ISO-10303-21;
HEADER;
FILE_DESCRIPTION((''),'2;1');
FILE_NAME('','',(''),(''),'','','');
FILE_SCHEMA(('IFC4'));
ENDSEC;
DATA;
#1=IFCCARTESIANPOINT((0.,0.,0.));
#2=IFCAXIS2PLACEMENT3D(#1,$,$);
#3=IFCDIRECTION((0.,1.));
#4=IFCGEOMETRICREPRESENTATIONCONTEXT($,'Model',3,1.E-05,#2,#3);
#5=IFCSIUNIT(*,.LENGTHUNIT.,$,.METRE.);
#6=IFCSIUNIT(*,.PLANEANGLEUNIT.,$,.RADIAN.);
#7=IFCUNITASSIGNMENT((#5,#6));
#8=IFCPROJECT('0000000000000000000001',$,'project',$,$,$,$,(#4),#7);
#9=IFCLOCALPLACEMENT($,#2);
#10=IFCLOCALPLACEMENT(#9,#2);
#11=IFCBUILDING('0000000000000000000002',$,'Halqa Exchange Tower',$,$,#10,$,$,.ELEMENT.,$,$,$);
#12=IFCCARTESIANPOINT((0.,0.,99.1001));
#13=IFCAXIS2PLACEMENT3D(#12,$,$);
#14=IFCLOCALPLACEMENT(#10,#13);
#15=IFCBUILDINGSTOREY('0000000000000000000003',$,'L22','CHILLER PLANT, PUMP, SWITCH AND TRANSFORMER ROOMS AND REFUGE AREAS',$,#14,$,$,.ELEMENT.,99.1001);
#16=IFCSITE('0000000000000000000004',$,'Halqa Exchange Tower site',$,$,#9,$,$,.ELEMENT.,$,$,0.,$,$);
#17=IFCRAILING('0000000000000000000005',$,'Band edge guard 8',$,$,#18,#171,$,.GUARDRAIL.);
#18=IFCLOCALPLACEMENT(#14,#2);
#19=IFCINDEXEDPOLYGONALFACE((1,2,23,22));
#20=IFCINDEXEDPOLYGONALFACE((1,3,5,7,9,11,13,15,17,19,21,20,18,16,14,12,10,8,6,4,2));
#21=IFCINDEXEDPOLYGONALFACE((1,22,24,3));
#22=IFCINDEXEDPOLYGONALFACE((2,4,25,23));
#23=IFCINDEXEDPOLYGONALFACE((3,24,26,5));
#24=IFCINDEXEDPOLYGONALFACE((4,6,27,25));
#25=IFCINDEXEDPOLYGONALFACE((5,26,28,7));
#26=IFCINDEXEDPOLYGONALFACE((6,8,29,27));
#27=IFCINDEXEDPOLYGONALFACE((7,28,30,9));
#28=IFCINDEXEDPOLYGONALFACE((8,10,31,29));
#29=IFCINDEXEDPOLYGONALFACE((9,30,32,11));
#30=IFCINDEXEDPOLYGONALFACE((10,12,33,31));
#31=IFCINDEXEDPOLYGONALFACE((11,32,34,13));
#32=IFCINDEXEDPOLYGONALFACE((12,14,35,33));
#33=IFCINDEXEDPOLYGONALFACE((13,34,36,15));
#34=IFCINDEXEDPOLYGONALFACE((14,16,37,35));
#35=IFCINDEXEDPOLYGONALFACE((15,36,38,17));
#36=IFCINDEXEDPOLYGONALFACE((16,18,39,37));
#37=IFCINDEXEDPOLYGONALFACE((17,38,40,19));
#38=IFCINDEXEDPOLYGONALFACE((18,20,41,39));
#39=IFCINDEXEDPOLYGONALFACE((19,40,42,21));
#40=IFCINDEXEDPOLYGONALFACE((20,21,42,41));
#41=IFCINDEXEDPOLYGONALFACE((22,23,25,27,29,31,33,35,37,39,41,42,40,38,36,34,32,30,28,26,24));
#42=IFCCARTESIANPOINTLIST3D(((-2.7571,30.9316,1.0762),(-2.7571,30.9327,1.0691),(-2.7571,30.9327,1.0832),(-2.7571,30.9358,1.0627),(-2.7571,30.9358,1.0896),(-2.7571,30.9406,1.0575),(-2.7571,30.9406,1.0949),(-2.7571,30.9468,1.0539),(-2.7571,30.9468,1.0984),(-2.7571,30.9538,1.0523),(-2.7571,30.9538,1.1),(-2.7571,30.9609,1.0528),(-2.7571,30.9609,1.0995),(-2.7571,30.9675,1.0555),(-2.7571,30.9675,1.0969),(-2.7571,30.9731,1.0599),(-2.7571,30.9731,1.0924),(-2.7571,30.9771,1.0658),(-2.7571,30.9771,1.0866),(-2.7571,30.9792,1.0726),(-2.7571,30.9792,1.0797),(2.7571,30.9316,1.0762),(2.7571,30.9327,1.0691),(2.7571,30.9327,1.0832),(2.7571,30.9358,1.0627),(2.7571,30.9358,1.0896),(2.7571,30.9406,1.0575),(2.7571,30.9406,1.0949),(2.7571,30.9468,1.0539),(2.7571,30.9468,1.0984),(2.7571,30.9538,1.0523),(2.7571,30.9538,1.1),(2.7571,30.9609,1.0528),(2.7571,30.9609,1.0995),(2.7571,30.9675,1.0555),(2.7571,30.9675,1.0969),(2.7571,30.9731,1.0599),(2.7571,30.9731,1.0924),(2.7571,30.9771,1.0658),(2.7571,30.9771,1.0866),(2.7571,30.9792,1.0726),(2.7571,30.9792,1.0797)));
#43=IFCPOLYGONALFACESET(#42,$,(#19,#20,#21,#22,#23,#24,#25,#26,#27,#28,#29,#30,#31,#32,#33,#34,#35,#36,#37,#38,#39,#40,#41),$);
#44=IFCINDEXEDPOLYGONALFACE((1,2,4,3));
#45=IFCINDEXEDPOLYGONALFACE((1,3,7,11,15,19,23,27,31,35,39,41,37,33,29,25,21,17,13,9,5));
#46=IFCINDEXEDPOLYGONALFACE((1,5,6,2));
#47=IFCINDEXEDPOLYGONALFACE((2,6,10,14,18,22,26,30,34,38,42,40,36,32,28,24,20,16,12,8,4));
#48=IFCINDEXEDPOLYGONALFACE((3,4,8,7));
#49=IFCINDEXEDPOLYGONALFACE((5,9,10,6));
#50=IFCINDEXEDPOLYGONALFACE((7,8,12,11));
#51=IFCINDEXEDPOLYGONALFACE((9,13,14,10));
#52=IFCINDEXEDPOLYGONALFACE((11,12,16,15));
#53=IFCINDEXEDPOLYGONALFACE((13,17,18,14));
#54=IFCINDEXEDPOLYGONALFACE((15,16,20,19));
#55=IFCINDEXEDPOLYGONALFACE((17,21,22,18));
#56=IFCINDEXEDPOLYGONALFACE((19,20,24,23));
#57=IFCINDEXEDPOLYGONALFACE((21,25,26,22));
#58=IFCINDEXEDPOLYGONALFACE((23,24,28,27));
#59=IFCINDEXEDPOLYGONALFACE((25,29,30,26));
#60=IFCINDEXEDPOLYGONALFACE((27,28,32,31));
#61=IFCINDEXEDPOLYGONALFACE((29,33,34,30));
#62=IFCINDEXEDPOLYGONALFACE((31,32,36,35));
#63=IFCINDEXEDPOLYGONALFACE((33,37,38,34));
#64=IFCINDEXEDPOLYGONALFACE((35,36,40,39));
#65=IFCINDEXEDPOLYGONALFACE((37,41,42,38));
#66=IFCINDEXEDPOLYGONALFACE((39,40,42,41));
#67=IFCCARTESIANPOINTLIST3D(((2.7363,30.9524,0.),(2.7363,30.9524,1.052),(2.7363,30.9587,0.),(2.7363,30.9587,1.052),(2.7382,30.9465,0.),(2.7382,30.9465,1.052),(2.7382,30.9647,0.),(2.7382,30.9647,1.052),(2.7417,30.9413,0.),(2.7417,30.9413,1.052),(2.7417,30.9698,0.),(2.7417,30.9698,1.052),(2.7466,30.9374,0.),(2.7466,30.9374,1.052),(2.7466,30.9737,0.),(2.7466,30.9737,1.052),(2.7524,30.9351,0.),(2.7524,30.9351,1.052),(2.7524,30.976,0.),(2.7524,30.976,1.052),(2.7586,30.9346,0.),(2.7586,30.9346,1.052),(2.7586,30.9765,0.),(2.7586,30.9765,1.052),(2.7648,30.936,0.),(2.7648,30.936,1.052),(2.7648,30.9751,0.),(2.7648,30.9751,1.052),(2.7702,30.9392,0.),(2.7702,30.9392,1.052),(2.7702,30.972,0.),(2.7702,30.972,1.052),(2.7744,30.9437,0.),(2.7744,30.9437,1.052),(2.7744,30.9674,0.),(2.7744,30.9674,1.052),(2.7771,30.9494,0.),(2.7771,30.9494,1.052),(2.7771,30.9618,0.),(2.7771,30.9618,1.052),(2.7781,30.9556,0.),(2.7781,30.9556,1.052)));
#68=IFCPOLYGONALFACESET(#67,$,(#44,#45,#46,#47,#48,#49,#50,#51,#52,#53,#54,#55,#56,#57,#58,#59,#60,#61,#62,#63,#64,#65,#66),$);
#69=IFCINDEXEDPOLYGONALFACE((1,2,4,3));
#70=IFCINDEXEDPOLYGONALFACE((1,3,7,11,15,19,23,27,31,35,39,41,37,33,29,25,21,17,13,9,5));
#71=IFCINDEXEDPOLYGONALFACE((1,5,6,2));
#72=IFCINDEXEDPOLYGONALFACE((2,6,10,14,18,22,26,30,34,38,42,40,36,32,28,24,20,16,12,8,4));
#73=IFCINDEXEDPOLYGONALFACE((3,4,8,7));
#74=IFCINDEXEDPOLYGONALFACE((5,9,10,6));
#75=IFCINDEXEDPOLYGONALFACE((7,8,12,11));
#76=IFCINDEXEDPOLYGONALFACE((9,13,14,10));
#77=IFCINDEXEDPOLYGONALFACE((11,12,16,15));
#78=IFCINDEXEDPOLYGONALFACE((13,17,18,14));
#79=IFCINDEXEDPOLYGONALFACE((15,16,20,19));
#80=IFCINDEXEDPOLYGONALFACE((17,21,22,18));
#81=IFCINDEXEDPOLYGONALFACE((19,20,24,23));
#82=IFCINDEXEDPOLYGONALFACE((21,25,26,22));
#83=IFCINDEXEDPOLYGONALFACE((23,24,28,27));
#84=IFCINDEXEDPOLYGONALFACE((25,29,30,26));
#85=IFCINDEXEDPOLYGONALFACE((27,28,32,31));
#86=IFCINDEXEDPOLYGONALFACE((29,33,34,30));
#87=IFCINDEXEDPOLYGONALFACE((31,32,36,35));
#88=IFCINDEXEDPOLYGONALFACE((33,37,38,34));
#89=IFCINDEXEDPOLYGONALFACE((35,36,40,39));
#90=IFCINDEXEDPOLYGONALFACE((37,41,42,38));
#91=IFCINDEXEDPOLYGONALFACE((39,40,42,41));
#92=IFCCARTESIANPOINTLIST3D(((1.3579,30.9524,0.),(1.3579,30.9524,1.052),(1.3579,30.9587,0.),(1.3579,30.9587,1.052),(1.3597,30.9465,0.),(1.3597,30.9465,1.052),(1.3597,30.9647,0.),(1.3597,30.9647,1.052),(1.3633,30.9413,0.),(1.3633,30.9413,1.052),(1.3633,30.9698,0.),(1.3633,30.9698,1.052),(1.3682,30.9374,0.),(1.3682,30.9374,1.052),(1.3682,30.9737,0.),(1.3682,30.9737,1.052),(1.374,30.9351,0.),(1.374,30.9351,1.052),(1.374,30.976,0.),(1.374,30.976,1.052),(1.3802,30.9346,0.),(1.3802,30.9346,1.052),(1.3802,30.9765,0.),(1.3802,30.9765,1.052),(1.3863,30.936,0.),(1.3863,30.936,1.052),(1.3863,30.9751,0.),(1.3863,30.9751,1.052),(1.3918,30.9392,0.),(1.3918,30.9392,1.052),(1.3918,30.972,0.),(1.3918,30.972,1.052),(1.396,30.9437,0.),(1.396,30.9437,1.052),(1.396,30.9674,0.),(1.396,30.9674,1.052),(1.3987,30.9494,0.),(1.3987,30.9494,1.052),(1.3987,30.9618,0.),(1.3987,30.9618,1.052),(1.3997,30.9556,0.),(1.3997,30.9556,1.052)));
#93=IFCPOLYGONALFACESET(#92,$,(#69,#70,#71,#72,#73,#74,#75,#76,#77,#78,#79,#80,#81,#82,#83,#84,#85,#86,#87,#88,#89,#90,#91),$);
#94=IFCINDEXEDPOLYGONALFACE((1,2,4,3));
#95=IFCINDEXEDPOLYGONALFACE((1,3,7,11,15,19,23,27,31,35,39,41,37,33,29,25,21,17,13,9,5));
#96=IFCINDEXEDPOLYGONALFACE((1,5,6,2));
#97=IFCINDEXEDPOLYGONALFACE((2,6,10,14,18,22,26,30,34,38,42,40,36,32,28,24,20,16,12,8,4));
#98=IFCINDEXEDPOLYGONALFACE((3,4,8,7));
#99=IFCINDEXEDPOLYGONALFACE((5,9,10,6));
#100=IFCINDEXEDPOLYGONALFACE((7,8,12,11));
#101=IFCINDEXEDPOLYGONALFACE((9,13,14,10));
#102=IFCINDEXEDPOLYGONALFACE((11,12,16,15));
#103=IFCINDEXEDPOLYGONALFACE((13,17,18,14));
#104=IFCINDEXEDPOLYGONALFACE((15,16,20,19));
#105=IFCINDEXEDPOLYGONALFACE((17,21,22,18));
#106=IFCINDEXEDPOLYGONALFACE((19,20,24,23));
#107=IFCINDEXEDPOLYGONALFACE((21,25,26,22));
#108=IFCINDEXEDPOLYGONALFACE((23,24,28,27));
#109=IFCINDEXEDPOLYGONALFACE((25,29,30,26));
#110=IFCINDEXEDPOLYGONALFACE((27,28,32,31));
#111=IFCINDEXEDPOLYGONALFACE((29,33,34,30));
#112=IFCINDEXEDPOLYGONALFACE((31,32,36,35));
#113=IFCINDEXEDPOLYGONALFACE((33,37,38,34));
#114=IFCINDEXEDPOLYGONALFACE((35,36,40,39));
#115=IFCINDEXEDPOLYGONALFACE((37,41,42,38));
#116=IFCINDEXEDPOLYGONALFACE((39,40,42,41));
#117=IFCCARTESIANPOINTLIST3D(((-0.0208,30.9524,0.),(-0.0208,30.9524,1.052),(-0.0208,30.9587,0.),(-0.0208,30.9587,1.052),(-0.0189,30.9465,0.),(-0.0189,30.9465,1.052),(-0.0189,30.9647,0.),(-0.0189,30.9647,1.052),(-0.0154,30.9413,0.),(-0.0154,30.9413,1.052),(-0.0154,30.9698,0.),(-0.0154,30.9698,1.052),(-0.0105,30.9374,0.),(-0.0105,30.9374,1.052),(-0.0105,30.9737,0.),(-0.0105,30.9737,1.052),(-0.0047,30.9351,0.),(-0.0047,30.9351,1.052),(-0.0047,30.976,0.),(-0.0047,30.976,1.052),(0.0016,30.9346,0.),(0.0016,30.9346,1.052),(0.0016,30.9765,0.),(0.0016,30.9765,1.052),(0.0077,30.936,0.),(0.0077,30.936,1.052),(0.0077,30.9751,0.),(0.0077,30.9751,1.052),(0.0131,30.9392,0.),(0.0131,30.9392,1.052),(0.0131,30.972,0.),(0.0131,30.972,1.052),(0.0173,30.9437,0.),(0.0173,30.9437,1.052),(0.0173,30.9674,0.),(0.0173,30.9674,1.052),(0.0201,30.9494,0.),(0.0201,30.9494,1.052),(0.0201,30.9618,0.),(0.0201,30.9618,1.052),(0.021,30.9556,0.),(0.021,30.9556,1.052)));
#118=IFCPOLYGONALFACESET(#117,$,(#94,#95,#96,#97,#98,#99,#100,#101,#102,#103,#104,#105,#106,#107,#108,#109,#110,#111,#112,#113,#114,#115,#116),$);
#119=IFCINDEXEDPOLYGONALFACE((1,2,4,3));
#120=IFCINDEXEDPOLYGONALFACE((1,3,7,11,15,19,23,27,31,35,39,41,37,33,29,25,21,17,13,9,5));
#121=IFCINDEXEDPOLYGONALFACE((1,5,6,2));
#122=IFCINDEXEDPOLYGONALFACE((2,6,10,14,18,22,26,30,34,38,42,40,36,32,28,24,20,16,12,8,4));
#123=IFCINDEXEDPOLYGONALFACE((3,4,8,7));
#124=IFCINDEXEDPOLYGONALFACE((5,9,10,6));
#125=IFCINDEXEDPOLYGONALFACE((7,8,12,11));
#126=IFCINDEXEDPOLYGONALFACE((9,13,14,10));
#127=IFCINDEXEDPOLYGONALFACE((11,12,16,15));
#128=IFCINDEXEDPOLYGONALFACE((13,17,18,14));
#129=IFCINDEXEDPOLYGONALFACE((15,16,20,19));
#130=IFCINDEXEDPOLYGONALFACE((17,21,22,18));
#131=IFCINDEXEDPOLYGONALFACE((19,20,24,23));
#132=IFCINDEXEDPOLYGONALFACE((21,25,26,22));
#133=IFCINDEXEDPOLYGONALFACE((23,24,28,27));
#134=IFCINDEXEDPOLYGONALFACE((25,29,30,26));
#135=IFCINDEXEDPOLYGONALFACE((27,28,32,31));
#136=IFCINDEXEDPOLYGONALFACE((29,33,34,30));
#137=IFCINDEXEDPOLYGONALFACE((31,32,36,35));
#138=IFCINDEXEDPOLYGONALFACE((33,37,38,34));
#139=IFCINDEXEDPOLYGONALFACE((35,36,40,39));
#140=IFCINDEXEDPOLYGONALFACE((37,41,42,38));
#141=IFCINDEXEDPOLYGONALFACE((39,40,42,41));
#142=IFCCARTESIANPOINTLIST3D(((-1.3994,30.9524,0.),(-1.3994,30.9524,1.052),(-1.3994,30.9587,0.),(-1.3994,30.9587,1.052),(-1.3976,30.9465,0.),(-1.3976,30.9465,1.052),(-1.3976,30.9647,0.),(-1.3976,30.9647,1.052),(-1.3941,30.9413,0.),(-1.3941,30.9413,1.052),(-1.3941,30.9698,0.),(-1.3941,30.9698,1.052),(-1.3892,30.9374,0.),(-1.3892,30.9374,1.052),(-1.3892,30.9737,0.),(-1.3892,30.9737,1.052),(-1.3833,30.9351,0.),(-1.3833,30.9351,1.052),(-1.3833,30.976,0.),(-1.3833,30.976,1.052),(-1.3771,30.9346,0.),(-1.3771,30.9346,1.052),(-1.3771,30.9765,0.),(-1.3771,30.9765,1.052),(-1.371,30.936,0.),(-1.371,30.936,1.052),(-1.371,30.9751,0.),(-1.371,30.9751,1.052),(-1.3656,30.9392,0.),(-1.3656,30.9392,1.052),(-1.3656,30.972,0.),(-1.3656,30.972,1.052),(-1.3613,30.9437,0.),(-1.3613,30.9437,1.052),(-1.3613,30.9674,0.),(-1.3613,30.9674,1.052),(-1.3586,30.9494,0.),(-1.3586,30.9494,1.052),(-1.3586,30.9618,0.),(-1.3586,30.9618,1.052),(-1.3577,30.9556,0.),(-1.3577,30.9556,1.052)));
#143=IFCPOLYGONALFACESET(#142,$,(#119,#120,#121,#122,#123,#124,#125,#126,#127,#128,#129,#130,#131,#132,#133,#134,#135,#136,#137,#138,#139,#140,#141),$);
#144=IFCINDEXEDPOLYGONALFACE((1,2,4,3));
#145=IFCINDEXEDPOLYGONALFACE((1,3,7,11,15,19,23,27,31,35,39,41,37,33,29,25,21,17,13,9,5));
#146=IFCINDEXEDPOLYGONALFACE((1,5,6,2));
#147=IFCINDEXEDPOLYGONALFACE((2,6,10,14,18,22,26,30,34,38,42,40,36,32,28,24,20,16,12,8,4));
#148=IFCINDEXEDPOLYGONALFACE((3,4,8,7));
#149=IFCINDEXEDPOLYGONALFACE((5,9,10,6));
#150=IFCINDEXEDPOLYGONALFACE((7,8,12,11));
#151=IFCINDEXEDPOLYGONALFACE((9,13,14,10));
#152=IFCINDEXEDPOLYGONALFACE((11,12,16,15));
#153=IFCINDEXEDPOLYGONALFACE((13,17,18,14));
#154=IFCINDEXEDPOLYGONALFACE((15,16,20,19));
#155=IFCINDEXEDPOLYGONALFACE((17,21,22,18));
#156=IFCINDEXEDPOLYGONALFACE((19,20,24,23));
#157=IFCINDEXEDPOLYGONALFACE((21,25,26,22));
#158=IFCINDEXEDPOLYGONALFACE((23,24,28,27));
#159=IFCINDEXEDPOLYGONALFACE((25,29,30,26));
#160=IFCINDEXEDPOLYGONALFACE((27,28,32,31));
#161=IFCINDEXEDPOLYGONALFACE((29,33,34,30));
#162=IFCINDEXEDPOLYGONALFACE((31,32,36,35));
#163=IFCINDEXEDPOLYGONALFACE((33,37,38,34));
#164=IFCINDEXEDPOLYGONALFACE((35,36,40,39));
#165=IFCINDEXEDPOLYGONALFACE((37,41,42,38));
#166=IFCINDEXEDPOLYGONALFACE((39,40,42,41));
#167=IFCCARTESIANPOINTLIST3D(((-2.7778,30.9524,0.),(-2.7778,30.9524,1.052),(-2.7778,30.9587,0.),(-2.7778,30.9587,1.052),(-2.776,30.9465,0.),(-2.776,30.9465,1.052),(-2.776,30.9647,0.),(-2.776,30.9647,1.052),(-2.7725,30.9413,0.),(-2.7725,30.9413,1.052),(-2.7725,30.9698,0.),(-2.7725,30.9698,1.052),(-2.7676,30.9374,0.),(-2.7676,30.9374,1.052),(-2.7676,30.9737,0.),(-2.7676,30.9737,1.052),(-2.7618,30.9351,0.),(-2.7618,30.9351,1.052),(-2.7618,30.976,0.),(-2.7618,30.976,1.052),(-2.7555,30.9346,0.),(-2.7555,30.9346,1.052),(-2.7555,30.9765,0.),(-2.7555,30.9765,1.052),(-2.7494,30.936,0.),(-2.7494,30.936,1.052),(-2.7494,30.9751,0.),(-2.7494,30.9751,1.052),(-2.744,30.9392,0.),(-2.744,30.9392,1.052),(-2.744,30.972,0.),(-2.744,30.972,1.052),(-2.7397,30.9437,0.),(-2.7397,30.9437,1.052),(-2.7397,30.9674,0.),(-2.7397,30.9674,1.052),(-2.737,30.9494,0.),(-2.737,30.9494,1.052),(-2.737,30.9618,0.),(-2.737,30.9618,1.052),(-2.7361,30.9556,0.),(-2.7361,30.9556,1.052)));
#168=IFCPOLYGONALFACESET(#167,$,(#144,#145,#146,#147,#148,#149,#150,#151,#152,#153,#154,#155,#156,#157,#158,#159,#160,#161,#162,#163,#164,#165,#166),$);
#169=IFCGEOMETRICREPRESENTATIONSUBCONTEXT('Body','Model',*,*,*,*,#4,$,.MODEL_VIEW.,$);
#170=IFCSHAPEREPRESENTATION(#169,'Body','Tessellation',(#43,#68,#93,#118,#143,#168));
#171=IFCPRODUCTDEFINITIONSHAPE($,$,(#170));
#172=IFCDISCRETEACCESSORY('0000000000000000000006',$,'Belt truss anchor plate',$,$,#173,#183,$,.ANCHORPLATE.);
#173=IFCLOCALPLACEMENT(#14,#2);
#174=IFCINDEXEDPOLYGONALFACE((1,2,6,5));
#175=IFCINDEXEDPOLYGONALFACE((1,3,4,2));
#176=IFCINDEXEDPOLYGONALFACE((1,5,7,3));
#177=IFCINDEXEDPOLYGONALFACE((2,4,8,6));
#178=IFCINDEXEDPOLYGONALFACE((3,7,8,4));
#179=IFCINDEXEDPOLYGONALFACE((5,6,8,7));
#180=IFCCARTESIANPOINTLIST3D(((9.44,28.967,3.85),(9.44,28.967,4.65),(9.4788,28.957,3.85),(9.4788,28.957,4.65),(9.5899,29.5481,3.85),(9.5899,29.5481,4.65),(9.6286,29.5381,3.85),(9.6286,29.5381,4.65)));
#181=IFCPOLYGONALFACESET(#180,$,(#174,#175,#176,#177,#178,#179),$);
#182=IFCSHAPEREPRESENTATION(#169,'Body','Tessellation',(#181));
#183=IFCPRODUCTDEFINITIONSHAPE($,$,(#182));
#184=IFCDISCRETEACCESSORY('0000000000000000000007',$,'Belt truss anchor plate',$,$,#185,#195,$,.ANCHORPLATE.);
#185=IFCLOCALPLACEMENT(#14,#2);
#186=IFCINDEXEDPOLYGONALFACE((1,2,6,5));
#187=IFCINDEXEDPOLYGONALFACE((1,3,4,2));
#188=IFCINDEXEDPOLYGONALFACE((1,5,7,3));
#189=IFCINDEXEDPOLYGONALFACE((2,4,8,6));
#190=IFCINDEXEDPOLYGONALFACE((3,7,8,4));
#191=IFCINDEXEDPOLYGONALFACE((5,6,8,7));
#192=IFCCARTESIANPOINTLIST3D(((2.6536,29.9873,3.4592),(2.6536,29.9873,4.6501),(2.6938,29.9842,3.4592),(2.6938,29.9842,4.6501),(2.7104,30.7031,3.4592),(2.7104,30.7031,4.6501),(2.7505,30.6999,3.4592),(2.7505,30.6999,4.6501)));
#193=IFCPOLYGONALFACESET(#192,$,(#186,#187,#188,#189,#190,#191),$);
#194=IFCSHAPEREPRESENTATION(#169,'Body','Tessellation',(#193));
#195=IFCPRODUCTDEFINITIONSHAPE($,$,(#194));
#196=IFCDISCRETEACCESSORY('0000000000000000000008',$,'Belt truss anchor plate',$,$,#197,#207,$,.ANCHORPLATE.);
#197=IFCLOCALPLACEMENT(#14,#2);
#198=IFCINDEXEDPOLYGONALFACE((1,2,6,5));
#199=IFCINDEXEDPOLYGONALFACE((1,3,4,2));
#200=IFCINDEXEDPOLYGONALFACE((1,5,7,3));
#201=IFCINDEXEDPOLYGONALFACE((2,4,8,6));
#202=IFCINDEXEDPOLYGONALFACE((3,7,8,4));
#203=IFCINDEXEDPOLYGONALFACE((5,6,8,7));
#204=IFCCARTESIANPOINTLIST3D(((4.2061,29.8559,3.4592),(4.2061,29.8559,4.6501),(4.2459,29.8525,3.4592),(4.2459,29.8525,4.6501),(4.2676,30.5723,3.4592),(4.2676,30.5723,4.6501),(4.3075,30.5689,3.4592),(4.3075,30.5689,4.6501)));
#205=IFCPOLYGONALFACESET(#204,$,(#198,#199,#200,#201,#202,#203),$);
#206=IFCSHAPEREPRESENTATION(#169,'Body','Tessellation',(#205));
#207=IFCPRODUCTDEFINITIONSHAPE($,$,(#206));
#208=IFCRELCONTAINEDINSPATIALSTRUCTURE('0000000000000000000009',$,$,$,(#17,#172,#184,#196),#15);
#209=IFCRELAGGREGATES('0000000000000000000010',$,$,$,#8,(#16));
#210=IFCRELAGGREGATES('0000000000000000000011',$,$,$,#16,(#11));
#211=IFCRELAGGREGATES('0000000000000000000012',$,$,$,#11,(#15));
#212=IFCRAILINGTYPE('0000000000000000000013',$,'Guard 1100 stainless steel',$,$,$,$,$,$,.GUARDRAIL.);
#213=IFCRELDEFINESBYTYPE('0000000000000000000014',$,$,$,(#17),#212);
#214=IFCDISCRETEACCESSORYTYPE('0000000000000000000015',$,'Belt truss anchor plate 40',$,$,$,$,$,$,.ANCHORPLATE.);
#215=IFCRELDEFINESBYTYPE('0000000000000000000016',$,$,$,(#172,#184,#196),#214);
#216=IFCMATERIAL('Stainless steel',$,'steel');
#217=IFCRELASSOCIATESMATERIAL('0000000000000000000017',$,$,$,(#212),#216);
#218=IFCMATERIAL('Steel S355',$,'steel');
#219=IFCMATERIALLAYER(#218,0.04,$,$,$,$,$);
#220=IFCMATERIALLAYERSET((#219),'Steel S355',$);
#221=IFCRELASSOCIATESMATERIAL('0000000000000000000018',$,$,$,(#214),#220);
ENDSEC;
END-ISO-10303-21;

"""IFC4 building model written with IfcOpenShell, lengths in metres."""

from ifc_helpers import new_model, si_unit, direction, frame, origin, origin_2d, place, context, subcontext, project, spatial, rectangle, circle, extrude, material, layer, layer_set, type_object, element, save


model = new_model("IFC4")

# Units and contexts
model_context = context("Model", 3, precision=1e-05, world=origin(), true_north=direction((0.0, 1.0)))
body_context = subcontext(model_context, "Body", "Model", "MODEL_VIEW")
ifc_project = project(units=[si_unit("LENGTHUNIT", "METRE"), si_unit("PLANEANGLEUNIT", "RADIAN")], contexts=[model_context])

# Site, building, storey
site_placement = place(None, origin())
site = spatial("IfcSite", under=ifc_project, at=site_placement, Name="Halqa Exchange Tower site", CompositionType="ELEMENT", RefElevation=0.0)
building_placement = place(site_placement, origin())
building = spatial("IfcBuilding", under=site, at=building_placement, Name="Halqa Exchange Tower", CompositionType="ELEMENT")
storey_placement = place(building_placement, frame((0.0, 0.0, 99.1001)))
storey = spatial("IfcBuildingStorey", under=building, at=storey_placement, Name="L22", Description="CHILLER PLANT, PUMP, SWITCH AND TRANSFORMER ROOMS AND REFUGE AREAS", CompositionType="ELEMENT", Elevation=99.1001)

# Shared definitions
ifc_material_1 = material(Name="Steel S355", Category="steel")

# Railing
ifc_material_2 = material(Name="Stainless steel", Category="steel")
railing_type = type_object("IfcRailingType", Name="Guard 1100 stainless steel", PredefinedType="GUARDRAIL", material=ifc_material_2)
railing_placement = place(storey_placement, frame((2.7571, 30.9556, 0.0)))
element("IfcRailing", 1, at=railing_placement, inside=storey, type_object=railing_type, Name="Band edge guard 8", PredefinedType="GUARDRAIL", context=body_context, shape_type="SweptSolid", body=[
    extrude(circle(Radius=0.0239, at=origin_2d()), frame((0.0, 0.0, 1.0762), z_axis=(-1.0, 0.0, 0.0), x_axis=(0.0, -1.0, 0.0)), (0.0, 0.0, 1.0), 5.5142),
    extrude(circle(Radius=0.021, at=origin_2d()), origin(), (0.0, 0.0, 1.0), 1.052),
    extrude(circle(Radius=0.021, at=origin_2d()), frame((-1.3784, 0.0, 0.0)), (0.0, 0.0, 1.0), 1.052),
    extrude(circle(Radius=0.021, at=origin_2d()), frame((-2.7571, 0.0, 0.0)), (0.0, 0.0, 1.0), 1.052),
    extrude(circle(Radius=0.021, at=origin_2d()), frame((-4.1357, 0.0, 0.0)), (0.0, 0.0, 1.0), 1.052),
    extrude(circle(Radius=0.021, at=origin_2d()), frame((-5.5142, 0.0, 0.0)), (0.0, 0.0, 1.0), 1.052),
])

# Discrete accessories
ifc_layer_1 = layer(ifc_material_1, 0.04)
ifc_layer_set_1 = layer_set([ifc_layer_1], Name="Steel S355")
discrete_accessory_type = type_object("IfcDiscreteAccessoryType", Name="Belt truss anchor plate 40", PredefinedType="ANCHORPLATE", material=ifc_layer_set_1)
discrete_accessory_1_placement = place(storey_placement, frame((9.5537, 29.2476, 4.25), z_axis=(-0.968325, 0.249694, 0.0), x_axis=(-0.249694, -0.968325, 0.0)))
element("IfcDiscreteAccessory", 2, at=discrete_accessory_1_placement, inside=storey, type_object=discrete_accessory_type, Name="Belt truss anchor plate", PredefinedType="ANCHORPLATE", context=body_context, shape_type="SweptSolid", body=[
    extrude(rectangle(XDim=0.6001, YDim=0.8, at=origin_2d()), origin(), (0.0, 0.0, 1.0), 0.04),
])
discrete_accessory_2_placement = place(storey_placement, frame((2.7222, 30.342, 4.0547), z_axis=(-0.996873, 0.07902, 0.0), x_axis=(-0.07902, -0.996873, 0.0)))
element("IfcDiscreteAccessory", 3, at=discrete_accessory_2_placement, inside=storey, type_object=discrete_accessory_type, Name="Belt truss anchor plate", PredefinedType="ANCHORPLATE", context=body_context, shape_type="SweptSolid", body=[
    extrude(rectangle(XDim=0.718, YDim=1.1909, at=origin_2d()), origin(), (0.0, 0.0, 1.0), 0.0403),
])
discrete_accessory_3_placement = place(storey_placement, frame((4.2368, 30.2141, 4.0547), z_axis=(0.996332, -0.085575, 0.0), x_axis=(0.085575, 0.996332, 0.0)))
element("IfcDiscreteAccessory", 4, at=discrete_accessory_3_placement, inside=storey, type_object=discrete_accessory_type, Name="Belt truss anchor plate", PredefinedType="ANCHORPLATE", context=body_context, shape_type="SweptSolid", body=[
    extrude(rectangle(XDim=0.719, YDim=1.1909, at=origin_2d()), origin(), (0.0, 0.0, 1.0), 0.04),
])

save(model, "model.ifc")
